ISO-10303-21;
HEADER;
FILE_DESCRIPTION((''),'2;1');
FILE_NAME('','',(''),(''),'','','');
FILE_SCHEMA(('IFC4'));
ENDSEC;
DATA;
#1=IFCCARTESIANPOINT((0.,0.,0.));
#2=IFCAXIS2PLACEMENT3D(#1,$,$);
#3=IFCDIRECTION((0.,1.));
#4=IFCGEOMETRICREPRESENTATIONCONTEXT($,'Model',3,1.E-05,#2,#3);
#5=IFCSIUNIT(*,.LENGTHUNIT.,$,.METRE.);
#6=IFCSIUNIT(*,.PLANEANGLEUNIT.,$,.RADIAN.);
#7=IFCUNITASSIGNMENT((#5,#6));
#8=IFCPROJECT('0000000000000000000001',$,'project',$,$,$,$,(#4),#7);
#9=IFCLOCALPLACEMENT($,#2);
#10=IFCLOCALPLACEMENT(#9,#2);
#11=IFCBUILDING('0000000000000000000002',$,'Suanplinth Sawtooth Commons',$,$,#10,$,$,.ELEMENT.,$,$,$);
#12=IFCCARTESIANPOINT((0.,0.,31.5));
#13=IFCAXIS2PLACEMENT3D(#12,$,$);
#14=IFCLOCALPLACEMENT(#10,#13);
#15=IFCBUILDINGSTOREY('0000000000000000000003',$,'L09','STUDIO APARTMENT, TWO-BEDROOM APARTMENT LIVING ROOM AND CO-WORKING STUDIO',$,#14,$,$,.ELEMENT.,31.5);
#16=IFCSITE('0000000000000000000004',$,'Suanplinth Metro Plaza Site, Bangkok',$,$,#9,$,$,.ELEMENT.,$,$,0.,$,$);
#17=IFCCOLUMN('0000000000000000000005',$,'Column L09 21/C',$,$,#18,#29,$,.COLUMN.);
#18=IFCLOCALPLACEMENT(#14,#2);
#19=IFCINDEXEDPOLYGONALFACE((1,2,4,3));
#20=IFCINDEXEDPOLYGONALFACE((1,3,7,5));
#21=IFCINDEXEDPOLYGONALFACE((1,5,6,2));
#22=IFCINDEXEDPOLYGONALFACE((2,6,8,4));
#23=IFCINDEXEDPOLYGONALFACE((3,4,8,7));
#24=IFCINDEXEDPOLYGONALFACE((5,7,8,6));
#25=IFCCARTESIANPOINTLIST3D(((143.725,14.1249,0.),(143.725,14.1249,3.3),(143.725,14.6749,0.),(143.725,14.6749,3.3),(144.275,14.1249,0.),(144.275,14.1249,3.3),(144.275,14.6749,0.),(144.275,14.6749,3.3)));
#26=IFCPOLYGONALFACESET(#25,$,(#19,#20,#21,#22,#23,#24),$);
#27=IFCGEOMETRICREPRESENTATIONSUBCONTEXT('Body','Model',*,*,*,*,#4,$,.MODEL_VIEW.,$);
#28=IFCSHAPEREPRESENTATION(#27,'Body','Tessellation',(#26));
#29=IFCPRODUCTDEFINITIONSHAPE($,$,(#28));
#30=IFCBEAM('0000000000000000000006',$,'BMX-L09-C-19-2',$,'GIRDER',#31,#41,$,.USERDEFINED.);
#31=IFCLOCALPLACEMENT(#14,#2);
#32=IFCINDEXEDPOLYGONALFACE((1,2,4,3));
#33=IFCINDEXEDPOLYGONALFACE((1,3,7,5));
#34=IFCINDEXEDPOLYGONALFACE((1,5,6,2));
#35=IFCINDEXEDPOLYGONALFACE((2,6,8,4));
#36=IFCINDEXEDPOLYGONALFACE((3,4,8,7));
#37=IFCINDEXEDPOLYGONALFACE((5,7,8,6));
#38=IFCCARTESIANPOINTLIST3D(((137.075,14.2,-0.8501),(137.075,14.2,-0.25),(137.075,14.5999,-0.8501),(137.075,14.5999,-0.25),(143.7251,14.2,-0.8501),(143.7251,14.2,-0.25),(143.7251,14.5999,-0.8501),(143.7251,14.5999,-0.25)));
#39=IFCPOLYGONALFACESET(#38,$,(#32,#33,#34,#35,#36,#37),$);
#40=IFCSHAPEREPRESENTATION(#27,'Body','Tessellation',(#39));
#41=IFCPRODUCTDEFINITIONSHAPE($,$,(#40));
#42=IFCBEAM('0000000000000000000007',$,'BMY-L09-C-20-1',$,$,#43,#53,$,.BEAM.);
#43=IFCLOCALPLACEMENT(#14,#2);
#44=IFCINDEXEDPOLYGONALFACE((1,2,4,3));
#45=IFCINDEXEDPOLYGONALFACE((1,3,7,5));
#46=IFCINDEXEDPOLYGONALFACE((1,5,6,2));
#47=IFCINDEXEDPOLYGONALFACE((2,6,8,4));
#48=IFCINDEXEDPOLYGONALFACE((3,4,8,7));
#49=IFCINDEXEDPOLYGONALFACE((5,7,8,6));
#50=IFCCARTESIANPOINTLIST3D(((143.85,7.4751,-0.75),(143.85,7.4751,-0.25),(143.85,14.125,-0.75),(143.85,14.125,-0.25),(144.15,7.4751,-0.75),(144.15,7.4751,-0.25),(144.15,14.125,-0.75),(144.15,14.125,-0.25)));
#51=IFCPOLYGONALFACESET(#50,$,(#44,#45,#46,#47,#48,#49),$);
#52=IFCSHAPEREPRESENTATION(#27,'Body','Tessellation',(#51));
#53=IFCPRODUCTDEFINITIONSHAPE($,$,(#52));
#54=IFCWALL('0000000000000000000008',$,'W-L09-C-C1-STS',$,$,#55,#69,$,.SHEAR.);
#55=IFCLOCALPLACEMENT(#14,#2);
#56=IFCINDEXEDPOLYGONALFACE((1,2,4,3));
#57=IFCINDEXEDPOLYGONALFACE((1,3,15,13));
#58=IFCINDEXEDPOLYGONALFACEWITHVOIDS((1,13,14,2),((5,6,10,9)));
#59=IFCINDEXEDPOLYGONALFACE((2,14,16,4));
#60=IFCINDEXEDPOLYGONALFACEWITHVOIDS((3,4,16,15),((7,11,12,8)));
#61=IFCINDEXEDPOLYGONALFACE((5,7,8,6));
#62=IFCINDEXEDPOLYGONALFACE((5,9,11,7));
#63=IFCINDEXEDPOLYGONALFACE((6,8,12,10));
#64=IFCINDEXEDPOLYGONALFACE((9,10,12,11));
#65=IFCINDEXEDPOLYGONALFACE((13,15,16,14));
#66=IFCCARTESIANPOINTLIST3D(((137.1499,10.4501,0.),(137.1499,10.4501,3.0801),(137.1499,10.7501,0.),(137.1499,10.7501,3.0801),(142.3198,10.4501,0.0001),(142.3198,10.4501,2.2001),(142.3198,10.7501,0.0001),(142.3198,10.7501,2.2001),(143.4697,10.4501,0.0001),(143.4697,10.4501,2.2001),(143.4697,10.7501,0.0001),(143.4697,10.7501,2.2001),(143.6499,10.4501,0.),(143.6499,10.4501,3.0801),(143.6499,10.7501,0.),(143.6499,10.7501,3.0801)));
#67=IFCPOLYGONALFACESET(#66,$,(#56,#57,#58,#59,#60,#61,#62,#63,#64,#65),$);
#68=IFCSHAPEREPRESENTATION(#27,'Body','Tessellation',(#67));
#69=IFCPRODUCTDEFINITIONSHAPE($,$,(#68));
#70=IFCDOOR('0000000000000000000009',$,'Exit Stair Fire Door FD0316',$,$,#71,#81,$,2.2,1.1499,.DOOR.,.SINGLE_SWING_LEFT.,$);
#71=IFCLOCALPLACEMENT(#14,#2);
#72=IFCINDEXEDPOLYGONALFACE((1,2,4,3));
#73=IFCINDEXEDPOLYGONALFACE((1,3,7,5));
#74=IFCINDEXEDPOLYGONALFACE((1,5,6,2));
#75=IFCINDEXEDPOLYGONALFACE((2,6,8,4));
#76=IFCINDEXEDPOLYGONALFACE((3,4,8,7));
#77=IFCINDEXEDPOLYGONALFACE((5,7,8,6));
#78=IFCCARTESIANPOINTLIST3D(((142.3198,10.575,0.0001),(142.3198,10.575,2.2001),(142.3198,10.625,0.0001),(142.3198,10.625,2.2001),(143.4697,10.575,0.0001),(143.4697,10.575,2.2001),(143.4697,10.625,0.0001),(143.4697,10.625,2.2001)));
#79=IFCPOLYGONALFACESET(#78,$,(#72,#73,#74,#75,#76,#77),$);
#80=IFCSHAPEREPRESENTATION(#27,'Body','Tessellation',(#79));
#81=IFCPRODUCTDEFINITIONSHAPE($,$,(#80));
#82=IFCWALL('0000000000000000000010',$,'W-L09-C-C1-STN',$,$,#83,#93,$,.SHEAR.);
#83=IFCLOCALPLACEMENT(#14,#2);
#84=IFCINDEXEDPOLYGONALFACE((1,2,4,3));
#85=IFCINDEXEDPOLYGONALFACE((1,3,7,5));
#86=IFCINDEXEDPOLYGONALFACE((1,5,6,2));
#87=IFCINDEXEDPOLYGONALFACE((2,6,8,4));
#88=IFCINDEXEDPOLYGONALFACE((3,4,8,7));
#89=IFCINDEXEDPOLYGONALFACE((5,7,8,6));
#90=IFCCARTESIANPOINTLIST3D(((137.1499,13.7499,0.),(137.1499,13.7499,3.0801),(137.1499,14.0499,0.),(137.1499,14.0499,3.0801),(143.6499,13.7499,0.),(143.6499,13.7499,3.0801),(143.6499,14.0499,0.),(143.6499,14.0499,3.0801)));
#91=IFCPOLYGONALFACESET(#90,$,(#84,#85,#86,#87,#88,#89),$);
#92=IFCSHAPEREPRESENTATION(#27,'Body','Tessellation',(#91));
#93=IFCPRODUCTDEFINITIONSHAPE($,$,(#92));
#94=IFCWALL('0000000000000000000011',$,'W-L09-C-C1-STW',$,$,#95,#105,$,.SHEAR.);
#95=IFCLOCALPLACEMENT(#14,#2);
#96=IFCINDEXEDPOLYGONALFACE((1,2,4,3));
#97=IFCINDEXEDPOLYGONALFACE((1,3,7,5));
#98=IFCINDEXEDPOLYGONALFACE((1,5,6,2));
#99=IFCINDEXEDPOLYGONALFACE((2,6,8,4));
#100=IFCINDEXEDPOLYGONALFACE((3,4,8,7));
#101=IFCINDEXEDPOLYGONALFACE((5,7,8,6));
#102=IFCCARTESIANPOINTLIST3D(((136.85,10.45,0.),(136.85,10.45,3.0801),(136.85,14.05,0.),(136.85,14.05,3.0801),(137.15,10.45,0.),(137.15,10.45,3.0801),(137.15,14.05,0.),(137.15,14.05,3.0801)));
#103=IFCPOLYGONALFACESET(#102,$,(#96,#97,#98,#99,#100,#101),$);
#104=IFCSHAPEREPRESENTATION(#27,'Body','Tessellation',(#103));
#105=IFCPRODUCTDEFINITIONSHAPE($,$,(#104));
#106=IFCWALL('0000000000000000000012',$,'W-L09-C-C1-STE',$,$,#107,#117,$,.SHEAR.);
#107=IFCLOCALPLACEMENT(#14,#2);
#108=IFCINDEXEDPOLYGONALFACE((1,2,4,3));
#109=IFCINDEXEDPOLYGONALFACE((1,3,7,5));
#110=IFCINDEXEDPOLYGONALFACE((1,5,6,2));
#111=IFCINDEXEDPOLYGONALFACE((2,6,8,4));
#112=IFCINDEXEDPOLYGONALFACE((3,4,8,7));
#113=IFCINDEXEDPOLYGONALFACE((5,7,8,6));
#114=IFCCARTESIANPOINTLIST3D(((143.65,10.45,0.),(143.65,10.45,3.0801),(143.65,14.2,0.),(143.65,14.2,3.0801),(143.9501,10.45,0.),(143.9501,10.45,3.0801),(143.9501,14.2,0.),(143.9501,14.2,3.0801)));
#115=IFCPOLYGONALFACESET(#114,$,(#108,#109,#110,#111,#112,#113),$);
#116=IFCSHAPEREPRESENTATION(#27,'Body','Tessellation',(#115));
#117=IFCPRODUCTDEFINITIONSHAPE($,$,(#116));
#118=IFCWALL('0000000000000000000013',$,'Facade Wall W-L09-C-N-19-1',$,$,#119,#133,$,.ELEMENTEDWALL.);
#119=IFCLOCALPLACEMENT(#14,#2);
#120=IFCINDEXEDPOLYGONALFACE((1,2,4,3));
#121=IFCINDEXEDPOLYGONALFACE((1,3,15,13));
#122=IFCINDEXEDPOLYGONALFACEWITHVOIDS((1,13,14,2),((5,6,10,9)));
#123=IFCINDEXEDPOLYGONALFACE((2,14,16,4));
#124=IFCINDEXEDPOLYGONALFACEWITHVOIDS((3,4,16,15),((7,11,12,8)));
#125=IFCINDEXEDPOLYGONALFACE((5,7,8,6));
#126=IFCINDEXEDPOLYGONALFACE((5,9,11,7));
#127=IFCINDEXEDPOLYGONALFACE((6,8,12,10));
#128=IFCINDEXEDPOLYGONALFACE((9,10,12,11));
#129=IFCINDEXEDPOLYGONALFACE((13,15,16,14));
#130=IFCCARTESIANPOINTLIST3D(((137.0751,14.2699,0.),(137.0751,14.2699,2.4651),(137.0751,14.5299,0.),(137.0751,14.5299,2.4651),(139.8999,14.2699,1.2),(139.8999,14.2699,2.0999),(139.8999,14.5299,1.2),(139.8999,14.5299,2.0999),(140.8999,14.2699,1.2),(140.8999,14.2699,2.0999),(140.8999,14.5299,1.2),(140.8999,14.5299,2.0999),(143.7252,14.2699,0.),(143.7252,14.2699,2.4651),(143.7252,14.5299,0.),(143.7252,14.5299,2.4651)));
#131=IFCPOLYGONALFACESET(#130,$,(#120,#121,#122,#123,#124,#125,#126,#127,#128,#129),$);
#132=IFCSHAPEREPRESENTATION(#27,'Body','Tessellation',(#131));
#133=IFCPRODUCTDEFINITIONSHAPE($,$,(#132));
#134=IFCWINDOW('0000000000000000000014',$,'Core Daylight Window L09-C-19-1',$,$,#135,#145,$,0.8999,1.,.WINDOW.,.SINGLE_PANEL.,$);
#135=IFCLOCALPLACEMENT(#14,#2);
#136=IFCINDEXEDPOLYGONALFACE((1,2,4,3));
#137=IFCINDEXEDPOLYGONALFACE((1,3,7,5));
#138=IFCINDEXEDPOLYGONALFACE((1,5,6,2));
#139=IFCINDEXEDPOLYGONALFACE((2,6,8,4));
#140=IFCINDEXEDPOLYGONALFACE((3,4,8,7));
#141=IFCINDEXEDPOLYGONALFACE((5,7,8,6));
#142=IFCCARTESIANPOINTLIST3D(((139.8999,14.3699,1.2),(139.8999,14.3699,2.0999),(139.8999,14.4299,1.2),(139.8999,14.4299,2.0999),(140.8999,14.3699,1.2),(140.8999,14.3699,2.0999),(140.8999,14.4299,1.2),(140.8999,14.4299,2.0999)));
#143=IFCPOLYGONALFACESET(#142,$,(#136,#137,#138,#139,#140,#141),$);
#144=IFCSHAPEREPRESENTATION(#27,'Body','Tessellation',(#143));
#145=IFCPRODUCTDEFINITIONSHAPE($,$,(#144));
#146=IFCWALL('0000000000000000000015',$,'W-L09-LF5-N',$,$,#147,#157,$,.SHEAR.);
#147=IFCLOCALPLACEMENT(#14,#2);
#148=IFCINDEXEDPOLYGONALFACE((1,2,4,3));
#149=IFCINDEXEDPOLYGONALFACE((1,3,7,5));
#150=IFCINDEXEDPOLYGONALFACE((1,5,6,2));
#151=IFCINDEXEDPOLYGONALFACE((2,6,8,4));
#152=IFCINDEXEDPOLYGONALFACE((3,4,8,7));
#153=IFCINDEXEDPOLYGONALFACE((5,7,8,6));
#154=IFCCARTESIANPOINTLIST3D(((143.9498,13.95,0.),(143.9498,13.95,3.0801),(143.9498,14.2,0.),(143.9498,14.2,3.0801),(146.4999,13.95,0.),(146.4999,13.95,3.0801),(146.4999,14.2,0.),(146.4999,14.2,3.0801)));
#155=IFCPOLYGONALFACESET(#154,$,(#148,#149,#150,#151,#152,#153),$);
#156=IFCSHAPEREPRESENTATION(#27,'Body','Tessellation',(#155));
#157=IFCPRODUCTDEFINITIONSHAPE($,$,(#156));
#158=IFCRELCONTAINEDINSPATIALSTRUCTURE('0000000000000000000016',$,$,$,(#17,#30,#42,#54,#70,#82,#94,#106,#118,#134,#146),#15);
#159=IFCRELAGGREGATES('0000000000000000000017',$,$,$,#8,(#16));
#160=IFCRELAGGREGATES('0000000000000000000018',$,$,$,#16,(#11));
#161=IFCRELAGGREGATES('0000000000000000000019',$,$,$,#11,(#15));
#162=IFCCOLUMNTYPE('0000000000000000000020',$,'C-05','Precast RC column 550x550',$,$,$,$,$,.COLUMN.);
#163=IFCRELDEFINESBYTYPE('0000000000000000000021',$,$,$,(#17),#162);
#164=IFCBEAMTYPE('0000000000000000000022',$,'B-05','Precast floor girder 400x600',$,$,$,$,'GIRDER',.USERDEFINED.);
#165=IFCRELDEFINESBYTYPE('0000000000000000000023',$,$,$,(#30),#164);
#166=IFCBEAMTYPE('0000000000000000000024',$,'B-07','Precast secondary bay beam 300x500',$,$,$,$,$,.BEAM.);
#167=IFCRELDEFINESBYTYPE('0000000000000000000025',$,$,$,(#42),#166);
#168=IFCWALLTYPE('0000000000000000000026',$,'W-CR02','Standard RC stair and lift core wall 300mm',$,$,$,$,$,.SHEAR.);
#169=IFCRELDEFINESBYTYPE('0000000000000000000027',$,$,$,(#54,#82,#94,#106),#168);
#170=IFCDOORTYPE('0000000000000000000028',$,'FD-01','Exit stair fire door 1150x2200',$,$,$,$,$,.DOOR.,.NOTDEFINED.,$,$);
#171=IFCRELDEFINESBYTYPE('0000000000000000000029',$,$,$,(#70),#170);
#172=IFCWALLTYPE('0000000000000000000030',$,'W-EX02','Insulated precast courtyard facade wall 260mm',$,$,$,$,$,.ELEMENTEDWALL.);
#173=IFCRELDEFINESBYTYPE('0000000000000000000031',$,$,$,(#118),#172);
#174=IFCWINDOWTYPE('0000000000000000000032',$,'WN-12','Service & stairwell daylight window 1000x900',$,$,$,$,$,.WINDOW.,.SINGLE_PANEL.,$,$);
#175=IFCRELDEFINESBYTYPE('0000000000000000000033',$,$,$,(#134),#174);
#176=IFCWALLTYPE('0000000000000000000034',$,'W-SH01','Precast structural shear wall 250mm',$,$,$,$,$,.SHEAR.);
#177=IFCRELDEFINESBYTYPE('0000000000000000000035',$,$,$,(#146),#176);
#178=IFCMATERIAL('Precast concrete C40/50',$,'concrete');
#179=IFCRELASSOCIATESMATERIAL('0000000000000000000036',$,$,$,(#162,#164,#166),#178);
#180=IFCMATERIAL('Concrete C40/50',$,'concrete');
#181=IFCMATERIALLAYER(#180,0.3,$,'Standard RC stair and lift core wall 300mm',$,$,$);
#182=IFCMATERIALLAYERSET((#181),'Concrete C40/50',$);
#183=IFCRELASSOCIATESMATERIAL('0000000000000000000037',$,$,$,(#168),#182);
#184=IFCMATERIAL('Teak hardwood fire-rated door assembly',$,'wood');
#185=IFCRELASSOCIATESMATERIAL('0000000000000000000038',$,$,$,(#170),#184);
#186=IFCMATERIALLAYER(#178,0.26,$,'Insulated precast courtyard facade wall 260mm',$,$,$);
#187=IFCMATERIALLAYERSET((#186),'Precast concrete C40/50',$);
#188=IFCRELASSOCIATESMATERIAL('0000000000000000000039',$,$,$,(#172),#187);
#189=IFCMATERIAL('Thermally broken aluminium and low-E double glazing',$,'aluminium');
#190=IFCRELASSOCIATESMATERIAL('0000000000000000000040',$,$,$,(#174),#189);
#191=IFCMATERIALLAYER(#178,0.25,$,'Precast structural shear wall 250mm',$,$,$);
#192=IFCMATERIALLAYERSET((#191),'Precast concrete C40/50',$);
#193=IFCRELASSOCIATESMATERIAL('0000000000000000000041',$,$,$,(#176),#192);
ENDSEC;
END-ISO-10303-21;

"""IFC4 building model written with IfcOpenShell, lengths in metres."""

from ifc_helpers import new_model, si_unit, direction, frame, frame_2d, origin, origin_2d, place, context, subcontext, project, spatial, rectangle, extrude, material, layer, layer_set, material_profile, profile_set, type_object, element, fill, save


model = new_model("IFC4")

# Units and contexts
model_context = context("Model", 3, precision=1e-05, world=origin(), true_north=direction((0.0, 1.0)))
body_context = subcontext(model_context, "Body", "Model", "MODEL_VIEW")
ifc_project = project(units=[si_unit("LENGTHUNIT", "METRE"), si_unit("PLANEANGLEUNIT", "RADIAN")], contexts=[model_context])

# Site, building, storey
site_placement = place(None, origin())
site = spatial("IfcSite", under=ifc_project, at=site_placement, Name="Suanplinth Metro Plaza Site, Bangkok", CompositionType="ELEMENT", RefElevation=0.0)
building_placement = place(site_placement, origin())
building = spatial("IfcBuilding", under=site, at=building_placement, Name="Suanplinth Sawtooth Commons", CompositionType="ELEMENT")
storey_placement = place(building_placement, frame((0.0, 0.0, 31.5)))
storey = spatial("IfcBuildingStorey", under=building, at=storey_placement, Name="L09", Description="STUDIO APARTMENT, TWO-BEDROOM APARTMENT LIVING ROOM AND CO-WORKING STUDIO", CompositionType="ELEMENT", Elevation=31.5)

# Column
ifc_material_1 = material(Name="Precast concrete C40/50", Category="concrete")
ifc_material_profile_1 = material_profile(ifc_material_1, rectangle(XDim=0.55, YDim=0.55, at=origin_2d()), Name="PC-COL 550x550")
ifc_profile_set_1 = profile_set([ifc_material_profile_1], Name="Precast concrete C40/50")
column_type = type_object("IfcColumnType", Name="C-05", Description="Precast RC column 550x550", PredefinedType="COLUMN", material=ifc_profile_set_1)
column_placement = place(storey_placement, frame((144.0, 14.3999, 0.0), z_axis=(0.0, 0.0, 1.0), x_axis=(1.0, 0.0, 0.0)))
element("IfcColumn", 1, at=column_placement, inside=storey, type_object=column_type, Name="Column L09 21/C", PredefinedType="COLUMN", context=body_context, shape_type="SweptSolid", body=[
    extrude(rectangle(XDim=0.55, YDim=0.55, at=origin_2d()), origin(), (0.0, 0.0, 1.0), 3.3),
])

# Beams
ifc_material_profile_2 = material_profile(ifc_material_1, rectangle(XDim=0.3999, YDim=0.6001, at=origin_2d()), Name="PC-GDR 400x600")
ifc_profile_set_2 = profile_set([ifc_material_profile_2], Name="Precast concrete C40/50")
beam_type_1 = type_object("IfcBeamType", Name="B-05", Description="Precast floor girder 400x600", ElementType="GIRDER", PredefinedType="USERDEFINED", material=ifc_profile_set_2)
beam_1_placement = place(storey_placement, frame((137.075, 14.3999, -0.55), z_axis=(1.0, 0.0, 0.0), x_axis=(0.0, 1.0, 0.0)))
element("IfcBeam", 2, at=beam_1_placement, inside=storey, type_object=beam_type_1, Name="BMX-L09-C-19-2", ObjectType="GIRDER", PredefinedType="USERDEFINED", context=body_context, shape_type="SweptSolid", body=[
    extrude(rectangle(XDim=0.3999, YDim=0.6001, at=origin_2d()), origin(), (0.0, 0.0, 1.0), 6.6501),
])
ifc_material_profile_3 = material_profile(ifc_material_1, rectangle(XDim=0.3, YDim=0.5, at=origin_2d()), Name="PC-BM 300x500")
ifc_profile_set_3 = profile_set([ifc_material_profile_3], Name="Precast concrete C40/50")
beam_type_2 = type_object("IfcBeamType", Name="B-07", Description="Precast secondary bay beam 300x500", PredefinedType="BEAM", material=ifc_profile_set_3)
beam_2_placement = place(storey_placement, frame((144.0, 7.4751, -0.5), z_axis=(0.0, 1.0, 0.0), x_axis=(-1.0, 0.0, 0.0)))
element("IfcBeam", 3, at=beam_2_placement, inside=storey, type_object=beam_type_2, Name="BMY-L09-C-20-1", PredefinedType="BEAM", context=body_context, shape_type="SweptSolid", body=[
    extrude(rectangle(XDim=0.3, YDim=0.5, at=origin_2d()), origin(), (0.0, 0.0, 1.0), 6.6499),
])

# Wall, opening, door
ifc_material_2 = material(Name="Concrete C40/50", Category="concrete")
ifc_layer_1 = layer(ifc_material_2, 0.3, Name="Standard RC stair and lift core wall 300mm")
ifc_layer_set_1 = layer_set([ifc_layer_1], Name="Concrete C40/50")
wall_type_1 = type_object("IfcWallType", Name="W-CR02", Description="Standard RC stair and lift core wall 300mm", PredefinedType="SHEAR", material=ifc_layer_set_1)
wall_1_placement = place(storey_placement, frame((137.1499, 10.6001, 0.0), z_axis=(0.0, 0.0, 1.0), x_axis=(1.0, 0.0, 0.0)))
wall_1 = element("IfcWall", 4, at=wall_1_placement, inside=storey, type_object=wall_type_1, Name="W-L09-C-C1-STS", PredefinedType="SHEAR", context=body_context, shape_type="SweptSolid", body=[
    extrude(rectangle(XDim=6.5, YDim=0.3, at=frame_2d((3.25, 0.0))), origin(), (0.0, 0.0, 1.0), 3.0801),
])
opening_1_placement = place(wall_1_placement, frame((5.1699, 0.0, 0.0)))
opening_1 = element("IfcOpeningElement", 5, at=opening_1_placement, cuts=wall_1, PredefinedType="OPENING", context=body_context, shape_type="SweptSolid", body=[
    extrude(rectangle(XDim=1.1499, YDim=2.2, at=frame_2d((0.575, 1.1001))), frame((0.0, 0.165, 0.0), z_axis=(0.0, -1.0, 0.0), x_axis=(1.0, 0.0, 0.0)), (0.0, 0.0, 1.0), 0.3298),
])
ifc_material_3 = material(Name="Teak hardwood fire-rated door assembly", Category="wood")
door_type_1 = type_object("IfcDoorType", Name="FD-01", Description="Exit stair fire door 1150x2200", OperationType="NOTDEFINED", PredefinedType="DOOR", material=ifc_material_3)
door_1_placement = place(opening_1_placement, origin())
door_1 = element("IfcDoor", 6, at=door_1_placement, inside=storey, type_object=door_type_1, Name="Exit Stair Fire Door FD0316", OperationType="SINGLE_SWING_LEFT", OverallHeight=2.2, OverallWidth=1.1499, PredefinedType="DOOR", context=body_context, shape_type="SweptSolid", body=[
    extrude(rectangle(XDim=1.1499, YDim=2.2, at=frame_2d((0.575, 1.1001))), frame((0.0, 0.0249, 0.0), z_axis=(0.0, -1.0, 0.0), x_axis=(1.0, 0.0, 0.0)), (0.0, 0.0, 1.0), 0.05),
])
fill(opening_1, door_1)

# Walls
wall_2_placement = place(storey_placement, frame((137.1499, 13.8999, 0.0), z_axis=(0.0, 0.0, 1.0), x_axis=(1.0, 0.0, 0.0)))
element("IfcWall", 7, at=wall_2_placement, inside=storey, type_object=wall_type_1, Name="W-L09-C-C1-STN", PredefinedType="SHEAR", context=body_context, shape_type="SweptSolid", body=[
    extrude(rectangle(XDim=6.5, YDim=0.3, at=frame_2d((3.25, 0.0))), origin(), (0.0, 0.0, 1.0), 3.0801),
])
wall_3_placement = place(storey_placement, frame((137.0, 10.45, 0.0), z_axis=(0.0, 0.0, 1.0), x_axis=(0.0, 1.0, 0.0)))
element("IfcWall", 8, at=wall_3_placement, inside=storey, type_object=wall_type_1, Name="W-L09-C-C1-STW", PredefinedType="SHEAR", context=body_context, shape_type="SweptSolid", body=[
    extrude(rectangle(XDim=3.6001, YDim=0.3, at=frame_2d((1.8, 0.0))), origin(), (0.0, 0.0, 1.0), 3.0801),
])
wall_4_placement = place(storey_placement, frame((143.8, 10.45, 0.0), z_axis=(0.0, 0.0, 1.0), x_axis=(0.0, 1.0, 0.0)))
element("IfcWall", 9, at=wall_4_placement, inside=storey, type_object=wall_type_1, Name="W-L09-C-C1-STE", PredefinedType="SHEAR", context=body_context, shape_type="SweptSolid", body=[
    extrude(rectangle(XDim=3.75, YDim=0.3, at=frame_2d((1.875, 0.0))), origin(), (0.0, 0.0, 1.0), 3.0801),
])

# Wall, opening, window
ifc_layer_2 = layer(ifc_material_1, 0.26, Name="Insulated precast courtyard facade wall 260mm")
ifc_layer_set_2 = layer_set([ifc_layer_2], Name="Precast concrete C40/50")
wall_type_2 = type_object("IfcWallType", Name="W-EX02", Description="Insulated precast courtyard facade wall 260mm", PredefinedType="ELEMENTEDWALL", material=ifc_layer_set_2)
wall_5_placement = place(storey_placement, frame((137.075, 14.3999, 0.0), z_axis=(0.0, 0.0, 1.0), x_axis=(1.0, 0.0, 0.0)))
wall_5 = element("IfcWall", 10, at=wall_5_placement, inside=storey, type_object=wall_type_2, Name="Facade Wall W-L09-C-N-19-1", PredefinedType="ELEMENTEDWALL", context=body_context, shape_type="SweptSolid", body=[
    extrude(rectangle(XDim=6.6501, YDim=0.26, at=frame_2d((3.3252, 0.0))), origin(), (0.0, 0.0, 1.0), 2.4651),
])
opening_2_placement = place(wall_5_placement, frame((2.825, 0.0, 1.2)))
opening_2 = element("IfcOpeningElement", 11, at=opening_2_placement, cuts=wall_5, PredefinedType="OPENING", context=body_context, shape_type="SweptSolid", body=[
    extrude(rectangle(XDim=1.0, YDim=0.8999, at=frame_2d((0.5, 0.45))), frame((0.0, 0.145, 0.0), z_axis=(0.0, -1.0, 0.0), x_axis=(1.0, 0.0, 0.0)), (0.0, 0.0, 1.0), 0.2898),
])
ifc_material_4 = material(Name="Thermally broken aluminium and low-E double glazing", Category="aluminium")
window_type = type_object("IfcWindowType", Name="WN-12", Description="Service & stairwell daylight window 1000x900", PartitioningType="SINGLE_PANEL", PredefinedType="WINDOW", material=ifc_material_4)
window_placement = place(opening_2_placement, origin())
window = element("IfcWindow", 12, at=window_placement, inside=storey, type_object=window_type, Name="Core Daylight Window L09-C-19-1", OverallHeight=0.8999, OverallWidth=1.0, PartitioningType="SINGLE_PANEL", PredefinedType="WINDOW", context=body_context, shape_type="SweptSolid", body=[
    extrude(rectangle(XDim=1.0, YDim=0.8999, at=frame_2d((0.5, 0.45))), frame((0.0, 0.03, 0.0), z_axis=(0.0, -1.0, 0.0), x_axis=(1.0, 0.0, 0.0)), (0.0, 0.0, 1.0), 0.0601),
])
fill(opening_2, window)

# Shared definitions
ifc_layer_3 = layer(ifc_material_1, 0.25, Name="Precast structural shear wall 250mm")
ifc_layer_set_3 = layer_set([ifc_layer_3], Name="Precast concrete C40/50")
wall_type_3 = type_object("IfcWallType", Name="W-SH01", Description="Precast structural shear wall 250mm", PredefinedType="SHEAR", material=ifc_layer_set_3)

# Wall
wall_6_placement = place(storey_placement, frame((143.95, 14.075, 0.0), z_axis=(0.0, 0.0, 1.0), x_axis=(1.0, 0.0, 0.0)))
element("IfcWall", 13, at=wall_6_placement, inside=storey, type_object=wall_type_3, Name="W-L09-LF5-N", PredefinedType="SHEAR", context=body_context, shape_type="SweptSolid", body=[
    extrude(rectangle(XDim=2.55, YDim=0.25, at=frame_2d((1.2749, 0.0))), origin(), (0.0, 0.0, 1.0), 3.0801),
])

save(model, "model.ifc")
